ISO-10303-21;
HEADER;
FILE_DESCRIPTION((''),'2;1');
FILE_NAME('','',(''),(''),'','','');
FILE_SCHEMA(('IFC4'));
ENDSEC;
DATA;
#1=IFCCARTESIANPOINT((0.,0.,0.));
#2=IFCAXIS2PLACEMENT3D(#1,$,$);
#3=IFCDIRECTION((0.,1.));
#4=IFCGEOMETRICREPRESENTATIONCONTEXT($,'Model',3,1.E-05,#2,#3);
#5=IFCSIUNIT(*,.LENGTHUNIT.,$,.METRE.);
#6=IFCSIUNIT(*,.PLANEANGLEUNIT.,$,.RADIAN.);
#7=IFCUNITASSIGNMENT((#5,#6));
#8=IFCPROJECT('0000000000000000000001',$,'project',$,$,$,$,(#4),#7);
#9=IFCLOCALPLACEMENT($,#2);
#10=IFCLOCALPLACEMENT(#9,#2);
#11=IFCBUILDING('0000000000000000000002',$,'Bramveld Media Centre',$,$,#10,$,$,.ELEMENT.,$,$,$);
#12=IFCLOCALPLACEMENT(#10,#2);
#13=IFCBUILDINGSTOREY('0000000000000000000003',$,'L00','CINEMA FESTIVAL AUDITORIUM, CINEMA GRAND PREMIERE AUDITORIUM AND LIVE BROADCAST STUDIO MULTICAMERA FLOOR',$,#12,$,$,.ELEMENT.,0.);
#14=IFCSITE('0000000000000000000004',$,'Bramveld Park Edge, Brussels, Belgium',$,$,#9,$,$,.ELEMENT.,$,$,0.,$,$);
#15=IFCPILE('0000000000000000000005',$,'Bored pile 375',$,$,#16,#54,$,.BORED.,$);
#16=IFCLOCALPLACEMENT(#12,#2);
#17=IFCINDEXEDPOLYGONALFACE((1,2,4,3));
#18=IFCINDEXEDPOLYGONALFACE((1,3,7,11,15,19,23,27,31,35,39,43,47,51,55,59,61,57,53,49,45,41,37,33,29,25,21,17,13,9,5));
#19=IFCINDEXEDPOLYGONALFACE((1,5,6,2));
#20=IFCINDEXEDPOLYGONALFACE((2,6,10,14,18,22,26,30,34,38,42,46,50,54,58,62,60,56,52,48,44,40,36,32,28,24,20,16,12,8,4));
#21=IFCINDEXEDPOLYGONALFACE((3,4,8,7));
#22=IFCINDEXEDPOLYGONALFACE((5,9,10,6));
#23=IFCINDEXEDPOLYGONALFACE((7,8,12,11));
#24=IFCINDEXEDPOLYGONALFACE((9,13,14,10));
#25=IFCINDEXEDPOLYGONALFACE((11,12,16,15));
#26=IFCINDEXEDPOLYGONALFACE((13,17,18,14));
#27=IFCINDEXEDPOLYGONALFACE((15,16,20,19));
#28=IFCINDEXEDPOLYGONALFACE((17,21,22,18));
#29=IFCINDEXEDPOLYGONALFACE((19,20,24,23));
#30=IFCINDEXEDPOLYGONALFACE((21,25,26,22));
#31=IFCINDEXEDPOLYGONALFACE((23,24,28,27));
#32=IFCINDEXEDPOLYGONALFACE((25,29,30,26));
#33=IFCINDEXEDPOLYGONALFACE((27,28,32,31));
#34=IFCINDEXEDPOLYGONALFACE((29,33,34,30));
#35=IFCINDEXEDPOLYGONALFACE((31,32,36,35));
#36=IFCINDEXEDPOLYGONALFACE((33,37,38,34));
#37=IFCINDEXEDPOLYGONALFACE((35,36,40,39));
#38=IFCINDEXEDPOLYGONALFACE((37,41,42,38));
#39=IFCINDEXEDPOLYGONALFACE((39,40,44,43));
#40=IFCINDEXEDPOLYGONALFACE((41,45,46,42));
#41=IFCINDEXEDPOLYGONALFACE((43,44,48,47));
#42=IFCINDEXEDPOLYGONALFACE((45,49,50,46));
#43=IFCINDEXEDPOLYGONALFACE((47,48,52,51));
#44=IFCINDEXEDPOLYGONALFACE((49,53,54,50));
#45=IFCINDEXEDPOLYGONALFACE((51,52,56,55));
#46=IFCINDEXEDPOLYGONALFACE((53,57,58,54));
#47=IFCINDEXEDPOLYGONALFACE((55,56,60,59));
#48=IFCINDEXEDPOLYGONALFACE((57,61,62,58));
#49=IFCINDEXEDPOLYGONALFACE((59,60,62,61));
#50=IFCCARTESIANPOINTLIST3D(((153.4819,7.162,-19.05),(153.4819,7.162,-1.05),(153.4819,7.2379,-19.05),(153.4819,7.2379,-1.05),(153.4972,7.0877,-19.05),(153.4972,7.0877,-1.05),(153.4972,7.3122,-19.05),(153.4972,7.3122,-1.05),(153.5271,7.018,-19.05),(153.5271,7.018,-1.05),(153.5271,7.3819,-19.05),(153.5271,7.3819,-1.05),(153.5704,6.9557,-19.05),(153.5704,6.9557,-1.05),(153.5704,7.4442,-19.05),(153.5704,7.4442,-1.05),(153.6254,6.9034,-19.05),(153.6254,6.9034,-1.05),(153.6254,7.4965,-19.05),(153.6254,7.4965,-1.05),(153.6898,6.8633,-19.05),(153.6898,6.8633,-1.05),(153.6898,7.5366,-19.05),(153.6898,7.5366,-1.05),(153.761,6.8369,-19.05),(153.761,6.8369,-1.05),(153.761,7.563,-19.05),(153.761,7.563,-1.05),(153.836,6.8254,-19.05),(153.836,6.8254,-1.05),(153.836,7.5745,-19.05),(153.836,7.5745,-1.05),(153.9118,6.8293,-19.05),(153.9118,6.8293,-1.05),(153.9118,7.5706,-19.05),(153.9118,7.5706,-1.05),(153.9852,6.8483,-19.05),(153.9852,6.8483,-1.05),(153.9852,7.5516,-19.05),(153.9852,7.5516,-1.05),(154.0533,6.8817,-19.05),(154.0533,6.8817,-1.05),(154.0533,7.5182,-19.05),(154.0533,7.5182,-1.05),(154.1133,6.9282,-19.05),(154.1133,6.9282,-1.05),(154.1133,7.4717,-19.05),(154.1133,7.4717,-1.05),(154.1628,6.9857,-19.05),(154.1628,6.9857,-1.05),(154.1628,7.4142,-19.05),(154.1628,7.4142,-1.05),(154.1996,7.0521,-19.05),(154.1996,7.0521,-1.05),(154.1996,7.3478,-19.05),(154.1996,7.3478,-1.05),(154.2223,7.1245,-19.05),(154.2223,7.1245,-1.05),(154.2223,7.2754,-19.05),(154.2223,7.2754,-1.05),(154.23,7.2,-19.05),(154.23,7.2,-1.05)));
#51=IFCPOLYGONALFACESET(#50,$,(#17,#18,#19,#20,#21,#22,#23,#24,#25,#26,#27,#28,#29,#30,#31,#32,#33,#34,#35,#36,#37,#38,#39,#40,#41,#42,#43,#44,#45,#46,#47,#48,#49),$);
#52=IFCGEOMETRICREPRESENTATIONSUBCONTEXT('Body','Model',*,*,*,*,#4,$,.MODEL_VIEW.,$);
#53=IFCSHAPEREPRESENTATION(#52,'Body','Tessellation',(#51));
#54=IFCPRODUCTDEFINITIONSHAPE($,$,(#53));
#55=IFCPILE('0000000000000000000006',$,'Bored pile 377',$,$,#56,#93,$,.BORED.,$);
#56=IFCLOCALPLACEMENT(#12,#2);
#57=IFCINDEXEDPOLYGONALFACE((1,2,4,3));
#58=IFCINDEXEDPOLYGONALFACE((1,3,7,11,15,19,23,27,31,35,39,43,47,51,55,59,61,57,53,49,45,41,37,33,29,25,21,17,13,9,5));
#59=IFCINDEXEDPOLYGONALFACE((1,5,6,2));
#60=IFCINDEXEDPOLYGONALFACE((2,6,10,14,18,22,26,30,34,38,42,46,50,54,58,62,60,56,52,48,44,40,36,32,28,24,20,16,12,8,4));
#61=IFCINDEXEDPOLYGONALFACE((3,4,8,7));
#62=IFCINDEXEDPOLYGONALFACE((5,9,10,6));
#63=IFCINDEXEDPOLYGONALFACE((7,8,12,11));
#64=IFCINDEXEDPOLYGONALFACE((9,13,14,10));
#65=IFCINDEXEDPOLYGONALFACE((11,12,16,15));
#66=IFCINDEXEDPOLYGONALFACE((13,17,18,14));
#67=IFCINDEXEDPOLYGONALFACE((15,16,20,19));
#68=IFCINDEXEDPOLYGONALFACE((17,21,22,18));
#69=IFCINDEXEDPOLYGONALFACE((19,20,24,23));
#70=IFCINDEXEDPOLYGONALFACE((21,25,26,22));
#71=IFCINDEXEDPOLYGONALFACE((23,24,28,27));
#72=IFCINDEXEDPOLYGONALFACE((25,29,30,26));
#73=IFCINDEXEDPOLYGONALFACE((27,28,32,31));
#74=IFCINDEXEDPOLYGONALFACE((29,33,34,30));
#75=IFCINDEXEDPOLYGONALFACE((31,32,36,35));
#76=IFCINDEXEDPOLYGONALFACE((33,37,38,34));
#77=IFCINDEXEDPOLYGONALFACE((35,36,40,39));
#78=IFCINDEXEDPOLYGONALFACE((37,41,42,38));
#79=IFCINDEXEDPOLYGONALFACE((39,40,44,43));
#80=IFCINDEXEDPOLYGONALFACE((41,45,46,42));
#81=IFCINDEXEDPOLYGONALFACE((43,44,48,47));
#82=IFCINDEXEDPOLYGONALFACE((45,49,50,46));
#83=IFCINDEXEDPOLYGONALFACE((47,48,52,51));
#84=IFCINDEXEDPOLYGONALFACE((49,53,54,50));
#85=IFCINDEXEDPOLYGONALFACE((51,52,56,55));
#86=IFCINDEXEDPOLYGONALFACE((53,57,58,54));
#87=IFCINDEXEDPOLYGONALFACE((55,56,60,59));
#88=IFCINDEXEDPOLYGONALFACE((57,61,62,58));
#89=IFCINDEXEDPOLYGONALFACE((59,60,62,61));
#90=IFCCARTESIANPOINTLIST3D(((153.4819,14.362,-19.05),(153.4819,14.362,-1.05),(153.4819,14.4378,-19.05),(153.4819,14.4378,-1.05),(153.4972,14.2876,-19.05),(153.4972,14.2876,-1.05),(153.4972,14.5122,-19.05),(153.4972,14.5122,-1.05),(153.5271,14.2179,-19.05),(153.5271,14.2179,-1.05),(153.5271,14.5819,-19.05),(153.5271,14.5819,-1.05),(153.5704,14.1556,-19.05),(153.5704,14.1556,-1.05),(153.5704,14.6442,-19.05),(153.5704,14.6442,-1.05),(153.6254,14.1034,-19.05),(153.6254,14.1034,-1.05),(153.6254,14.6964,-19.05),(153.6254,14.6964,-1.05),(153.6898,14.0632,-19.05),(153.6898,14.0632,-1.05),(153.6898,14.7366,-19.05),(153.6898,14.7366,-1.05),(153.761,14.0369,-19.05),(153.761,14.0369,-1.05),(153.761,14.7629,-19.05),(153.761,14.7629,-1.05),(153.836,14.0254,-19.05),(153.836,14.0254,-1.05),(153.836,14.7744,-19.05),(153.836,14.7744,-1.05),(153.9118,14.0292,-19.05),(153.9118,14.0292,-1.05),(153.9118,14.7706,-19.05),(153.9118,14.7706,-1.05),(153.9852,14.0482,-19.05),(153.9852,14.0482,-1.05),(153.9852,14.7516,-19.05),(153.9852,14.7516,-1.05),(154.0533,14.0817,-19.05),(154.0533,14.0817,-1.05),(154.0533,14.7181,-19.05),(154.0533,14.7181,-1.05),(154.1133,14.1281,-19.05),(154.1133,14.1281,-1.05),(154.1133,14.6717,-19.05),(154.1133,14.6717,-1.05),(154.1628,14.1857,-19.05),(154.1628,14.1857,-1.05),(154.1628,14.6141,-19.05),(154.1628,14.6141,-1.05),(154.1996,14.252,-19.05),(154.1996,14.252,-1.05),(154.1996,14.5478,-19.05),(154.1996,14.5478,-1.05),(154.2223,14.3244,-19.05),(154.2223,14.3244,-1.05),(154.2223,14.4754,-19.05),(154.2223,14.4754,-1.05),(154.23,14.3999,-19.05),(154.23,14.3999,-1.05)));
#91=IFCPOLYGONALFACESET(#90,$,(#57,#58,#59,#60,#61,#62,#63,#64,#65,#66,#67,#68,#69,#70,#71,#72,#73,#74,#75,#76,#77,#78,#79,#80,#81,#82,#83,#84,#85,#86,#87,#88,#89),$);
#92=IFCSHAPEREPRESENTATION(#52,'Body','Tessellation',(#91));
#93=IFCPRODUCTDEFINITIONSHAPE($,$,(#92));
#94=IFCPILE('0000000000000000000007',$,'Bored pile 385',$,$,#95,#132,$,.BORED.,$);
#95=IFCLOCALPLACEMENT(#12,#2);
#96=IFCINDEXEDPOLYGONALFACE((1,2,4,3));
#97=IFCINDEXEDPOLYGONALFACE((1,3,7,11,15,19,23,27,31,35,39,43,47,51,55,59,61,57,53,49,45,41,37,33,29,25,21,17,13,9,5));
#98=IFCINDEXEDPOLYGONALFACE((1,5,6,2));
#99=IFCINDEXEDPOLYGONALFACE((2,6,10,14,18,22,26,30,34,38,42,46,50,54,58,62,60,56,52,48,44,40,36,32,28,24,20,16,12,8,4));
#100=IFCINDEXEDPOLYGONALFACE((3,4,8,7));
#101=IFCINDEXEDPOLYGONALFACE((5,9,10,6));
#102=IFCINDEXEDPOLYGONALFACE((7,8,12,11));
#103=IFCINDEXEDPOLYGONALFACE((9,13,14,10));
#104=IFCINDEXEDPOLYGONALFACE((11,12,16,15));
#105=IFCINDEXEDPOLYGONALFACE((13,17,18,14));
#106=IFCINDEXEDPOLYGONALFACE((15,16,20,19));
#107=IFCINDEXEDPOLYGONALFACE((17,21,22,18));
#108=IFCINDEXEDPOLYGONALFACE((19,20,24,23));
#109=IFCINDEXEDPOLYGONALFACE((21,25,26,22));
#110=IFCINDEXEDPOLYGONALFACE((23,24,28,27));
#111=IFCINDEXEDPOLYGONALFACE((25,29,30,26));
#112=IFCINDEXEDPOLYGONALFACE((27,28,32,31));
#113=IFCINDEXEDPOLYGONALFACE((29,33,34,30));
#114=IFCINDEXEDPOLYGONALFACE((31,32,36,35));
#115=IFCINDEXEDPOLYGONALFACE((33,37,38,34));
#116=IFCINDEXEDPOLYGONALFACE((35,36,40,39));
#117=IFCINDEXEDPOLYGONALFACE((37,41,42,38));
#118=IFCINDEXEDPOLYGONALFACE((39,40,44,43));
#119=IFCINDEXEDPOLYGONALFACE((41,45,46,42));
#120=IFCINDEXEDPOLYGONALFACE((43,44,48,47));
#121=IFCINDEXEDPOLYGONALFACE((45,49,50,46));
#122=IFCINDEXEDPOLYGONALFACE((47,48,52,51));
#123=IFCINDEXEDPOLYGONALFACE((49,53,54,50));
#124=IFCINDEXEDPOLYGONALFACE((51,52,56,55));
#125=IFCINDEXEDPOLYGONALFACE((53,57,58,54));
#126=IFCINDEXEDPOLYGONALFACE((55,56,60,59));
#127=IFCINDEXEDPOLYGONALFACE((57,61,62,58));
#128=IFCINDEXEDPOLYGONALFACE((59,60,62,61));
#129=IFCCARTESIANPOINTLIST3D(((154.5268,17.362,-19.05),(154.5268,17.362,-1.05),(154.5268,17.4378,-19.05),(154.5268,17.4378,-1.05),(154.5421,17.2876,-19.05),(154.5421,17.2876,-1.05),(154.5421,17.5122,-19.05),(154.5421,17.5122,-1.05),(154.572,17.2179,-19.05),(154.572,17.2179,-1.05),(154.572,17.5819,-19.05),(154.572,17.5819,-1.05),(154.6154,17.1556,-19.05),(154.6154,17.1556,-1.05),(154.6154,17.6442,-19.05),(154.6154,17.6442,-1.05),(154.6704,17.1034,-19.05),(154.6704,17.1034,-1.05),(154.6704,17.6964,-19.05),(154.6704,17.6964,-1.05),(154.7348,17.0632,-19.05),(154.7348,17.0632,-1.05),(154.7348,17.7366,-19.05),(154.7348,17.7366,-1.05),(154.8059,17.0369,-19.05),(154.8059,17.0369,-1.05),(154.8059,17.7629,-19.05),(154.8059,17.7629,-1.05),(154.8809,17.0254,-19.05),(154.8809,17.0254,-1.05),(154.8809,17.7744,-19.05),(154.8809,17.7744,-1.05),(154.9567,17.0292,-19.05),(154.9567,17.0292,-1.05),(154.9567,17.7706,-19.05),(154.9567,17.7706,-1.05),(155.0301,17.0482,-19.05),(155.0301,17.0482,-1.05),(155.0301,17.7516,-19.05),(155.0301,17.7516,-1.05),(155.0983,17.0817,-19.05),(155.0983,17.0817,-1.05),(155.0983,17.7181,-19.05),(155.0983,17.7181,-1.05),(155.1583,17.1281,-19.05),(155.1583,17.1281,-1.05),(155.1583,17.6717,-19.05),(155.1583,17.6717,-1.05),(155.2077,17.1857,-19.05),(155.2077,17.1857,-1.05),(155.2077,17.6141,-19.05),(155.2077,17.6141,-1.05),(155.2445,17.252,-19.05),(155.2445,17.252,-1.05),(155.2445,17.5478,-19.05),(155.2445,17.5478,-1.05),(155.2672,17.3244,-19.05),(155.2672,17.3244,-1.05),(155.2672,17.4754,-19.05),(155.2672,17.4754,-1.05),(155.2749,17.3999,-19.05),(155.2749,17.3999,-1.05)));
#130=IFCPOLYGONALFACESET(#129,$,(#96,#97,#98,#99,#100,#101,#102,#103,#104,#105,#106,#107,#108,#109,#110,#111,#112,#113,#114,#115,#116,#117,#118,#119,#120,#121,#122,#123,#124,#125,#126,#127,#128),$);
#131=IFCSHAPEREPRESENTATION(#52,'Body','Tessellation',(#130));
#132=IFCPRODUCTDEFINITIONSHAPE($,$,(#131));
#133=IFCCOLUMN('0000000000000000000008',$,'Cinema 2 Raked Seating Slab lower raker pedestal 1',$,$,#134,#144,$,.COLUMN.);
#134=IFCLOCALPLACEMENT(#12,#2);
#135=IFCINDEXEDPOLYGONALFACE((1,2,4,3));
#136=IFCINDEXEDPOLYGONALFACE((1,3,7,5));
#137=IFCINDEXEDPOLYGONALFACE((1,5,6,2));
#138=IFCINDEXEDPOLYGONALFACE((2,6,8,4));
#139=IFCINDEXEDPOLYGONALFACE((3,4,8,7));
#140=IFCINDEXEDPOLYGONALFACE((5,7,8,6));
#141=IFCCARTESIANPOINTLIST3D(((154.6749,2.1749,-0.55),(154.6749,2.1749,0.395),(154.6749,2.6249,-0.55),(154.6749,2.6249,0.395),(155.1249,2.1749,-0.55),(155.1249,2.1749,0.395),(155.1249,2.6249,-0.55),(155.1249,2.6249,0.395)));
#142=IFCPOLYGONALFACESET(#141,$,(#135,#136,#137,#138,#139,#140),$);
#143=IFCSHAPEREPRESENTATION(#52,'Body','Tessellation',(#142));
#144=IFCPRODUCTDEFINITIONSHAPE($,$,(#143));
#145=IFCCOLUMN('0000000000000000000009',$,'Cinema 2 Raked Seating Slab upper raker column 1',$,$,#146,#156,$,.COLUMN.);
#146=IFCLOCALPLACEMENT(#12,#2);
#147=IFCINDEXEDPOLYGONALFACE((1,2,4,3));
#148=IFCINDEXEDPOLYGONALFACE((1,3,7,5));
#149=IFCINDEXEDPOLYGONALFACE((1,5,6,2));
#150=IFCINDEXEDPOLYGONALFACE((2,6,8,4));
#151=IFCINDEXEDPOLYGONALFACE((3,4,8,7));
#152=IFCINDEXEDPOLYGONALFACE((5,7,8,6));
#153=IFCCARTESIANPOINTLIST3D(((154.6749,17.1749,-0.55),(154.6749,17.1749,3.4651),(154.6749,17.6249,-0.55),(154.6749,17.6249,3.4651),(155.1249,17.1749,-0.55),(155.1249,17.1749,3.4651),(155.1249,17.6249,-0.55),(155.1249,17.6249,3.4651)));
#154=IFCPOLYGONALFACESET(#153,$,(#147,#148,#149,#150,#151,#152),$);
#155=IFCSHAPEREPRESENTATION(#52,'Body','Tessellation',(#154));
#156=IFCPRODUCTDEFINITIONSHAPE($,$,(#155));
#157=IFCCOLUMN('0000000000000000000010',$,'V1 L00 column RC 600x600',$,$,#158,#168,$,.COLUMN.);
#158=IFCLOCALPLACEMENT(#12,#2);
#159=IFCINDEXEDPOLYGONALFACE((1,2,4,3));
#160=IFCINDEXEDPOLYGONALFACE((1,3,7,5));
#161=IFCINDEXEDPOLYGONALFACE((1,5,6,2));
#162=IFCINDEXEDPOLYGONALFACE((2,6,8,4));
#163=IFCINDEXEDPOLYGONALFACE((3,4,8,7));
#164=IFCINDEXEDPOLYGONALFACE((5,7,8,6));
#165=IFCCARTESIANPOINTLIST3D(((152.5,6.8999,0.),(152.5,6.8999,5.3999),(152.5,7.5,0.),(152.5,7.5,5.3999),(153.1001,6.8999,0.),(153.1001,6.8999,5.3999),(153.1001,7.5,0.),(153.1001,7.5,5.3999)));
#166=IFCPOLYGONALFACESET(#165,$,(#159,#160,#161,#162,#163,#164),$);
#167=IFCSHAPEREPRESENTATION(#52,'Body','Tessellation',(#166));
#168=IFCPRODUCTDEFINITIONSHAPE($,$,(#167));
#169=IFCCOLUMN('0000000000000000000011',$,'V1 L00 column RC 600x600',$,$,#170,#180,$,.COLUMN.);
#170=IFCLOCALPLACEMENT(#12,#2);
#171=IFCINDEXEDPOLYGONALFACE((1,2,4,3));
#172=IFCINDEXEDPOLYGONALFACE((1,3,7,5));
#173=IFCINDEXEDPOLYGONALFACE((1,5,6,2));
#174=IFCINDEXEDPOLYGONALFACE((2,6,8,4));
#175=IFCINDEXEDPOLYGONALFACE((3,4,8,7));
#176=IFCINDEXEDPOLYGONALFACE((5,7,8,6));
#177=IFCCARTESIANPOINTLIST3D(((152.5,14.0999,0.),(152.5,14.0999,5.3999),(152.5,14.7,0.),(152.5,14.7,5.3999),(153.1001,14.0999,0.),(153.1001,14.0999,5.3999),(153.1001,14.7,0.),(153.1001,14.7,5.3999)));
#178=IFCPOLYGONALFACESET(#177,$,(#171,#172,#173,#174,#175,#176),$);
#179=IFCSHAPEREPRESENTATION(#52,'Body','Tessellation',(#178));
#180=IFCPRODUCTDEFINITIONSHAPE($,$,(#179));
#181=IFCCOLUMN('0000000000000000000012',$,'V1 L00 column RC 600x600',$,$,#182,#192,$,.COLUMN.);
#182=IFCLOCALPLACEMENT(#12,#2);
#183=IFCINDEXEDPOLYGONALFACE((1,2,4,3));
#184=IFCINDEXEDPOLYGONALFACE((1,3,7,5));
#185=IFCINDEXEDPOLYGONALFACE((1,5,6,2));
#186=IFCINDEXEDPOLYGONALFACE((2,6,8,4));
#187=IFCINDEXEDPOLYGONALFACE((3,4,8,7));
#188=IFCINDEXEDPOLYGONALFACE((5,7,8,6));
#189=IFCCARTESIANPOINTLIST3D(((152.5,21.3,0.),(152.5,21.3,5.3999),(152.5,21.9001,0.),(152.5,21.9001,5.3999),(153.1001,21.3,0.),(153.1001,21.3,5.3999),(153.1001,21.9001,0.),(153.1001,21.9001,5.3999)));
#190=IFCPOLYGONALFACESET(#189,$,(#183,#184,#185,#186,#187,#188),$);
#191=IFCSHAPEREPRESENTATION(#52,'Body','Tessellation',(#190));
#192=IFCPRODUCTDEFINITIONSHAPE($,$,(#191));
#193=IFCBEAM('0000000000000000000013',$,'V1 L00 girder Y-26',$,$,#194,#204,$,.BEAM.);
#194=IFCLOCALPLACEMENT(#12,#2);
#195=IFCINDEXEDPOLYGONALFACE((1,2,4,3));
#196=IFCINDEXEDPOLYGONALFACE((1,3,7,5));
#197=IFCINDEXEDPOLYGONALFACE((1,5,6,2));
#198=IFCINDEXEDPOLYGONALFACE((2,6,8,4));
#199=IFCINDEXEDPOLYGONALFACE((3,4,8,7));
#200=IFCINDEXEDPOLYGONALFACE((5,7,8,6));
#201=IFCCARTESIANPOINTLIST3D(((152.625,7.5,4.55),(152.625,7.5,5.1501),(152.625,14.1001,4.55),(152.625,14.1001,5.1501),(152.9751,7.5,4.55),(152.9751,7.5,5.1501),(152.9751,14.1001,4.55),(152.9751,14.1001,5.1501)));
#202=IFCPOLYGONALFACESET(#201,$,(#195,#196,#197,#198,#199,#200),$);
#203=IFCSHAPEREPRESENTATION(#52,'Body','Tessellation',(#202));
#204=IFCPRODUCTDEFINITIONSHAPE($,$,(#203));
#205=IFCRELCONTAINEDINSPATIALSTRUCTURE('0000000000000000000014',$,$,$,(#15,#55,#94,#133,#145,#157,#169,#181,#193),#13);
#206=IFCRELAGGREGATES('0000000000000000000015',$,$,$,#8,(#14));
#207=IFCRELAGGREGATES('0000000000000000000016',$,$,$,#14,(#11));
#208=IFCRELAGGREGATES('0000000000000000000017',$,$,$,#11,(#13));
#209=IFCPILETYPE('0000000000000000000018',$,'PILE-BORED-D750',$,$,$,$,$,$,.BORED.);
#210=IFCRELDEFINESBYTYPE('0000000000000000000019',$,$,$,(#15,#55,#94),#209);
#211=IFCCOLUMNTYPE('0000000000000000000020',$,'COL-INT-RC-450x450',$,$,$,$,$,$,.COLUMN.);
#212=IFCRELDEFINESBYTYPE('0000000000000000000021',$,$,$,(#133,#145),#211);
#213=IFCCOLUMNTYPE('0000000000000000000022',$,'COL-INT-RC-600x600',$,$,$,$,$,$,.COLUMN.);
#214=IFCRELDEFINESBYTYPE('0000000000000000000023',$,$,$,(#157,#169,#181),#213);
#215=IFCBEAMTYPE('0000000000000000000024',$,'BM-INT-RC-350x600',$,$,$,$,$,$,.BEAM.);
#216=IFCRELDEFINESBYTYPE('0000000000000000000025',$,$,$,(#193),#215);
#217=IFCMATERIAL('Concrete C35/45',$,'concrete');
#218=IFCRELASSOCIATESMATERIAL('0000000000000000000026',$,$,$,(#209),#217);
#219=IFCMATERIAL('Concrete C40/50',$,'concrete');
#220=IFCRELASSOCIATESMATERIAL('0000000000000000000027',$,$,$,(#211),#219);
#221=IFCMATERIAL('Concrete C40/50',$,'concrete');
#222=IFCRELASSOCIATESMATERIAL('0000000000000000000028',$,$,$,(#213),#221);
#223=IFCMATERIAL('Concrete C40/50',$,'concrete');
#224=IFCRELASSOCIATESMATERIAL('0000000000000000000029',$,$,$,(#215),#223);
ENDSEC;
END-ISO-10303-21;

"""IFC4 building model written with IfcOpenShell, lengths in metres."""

from ifc_helpers import new_model, si_unit, direction, frame, origin, origin_2d, place, context, subcontext, project, spatial, rectangle, circle, extrude, material, material_profile, profile_set, type_object, element, save


model = new_model("IFC4")

# Units and contexts
model_context = context("Model", 3, precision=1e-05, world=origin(), true_north=direction((0.0, 1.0)))
body_context = subcontext(model_context, "Body", "Model", "MODEL_VIEW")
ifc_project = project(units=[si_unit("LENGTHUNIT", "METRE"), si_unit("PLANEANGLEUNIT", "RADIAN")], contexts=[model_context])

# Site, building, storey
site_placement = place(None, origin())
site = spatial("IfcSite", under=ifc_project, at=site_placement, Name="Bramveld Park Edge, Brussels, Belgium", CompositionType="ELEMENT", RefElevation=0.0)
building_placement = place(site_placement, origin())
building = spatial("IfcBuilding", under=site, at=building_placement, Name="Bramveld Media Centre", CompositionType="ELEMENT")
storey_placement = place(building_placement, origin())
storey = spatial("IfcBuildingStorey", under=building, at=storey_placement, Name="L00", Description="CINEMA FESTIVAL AUDITORIUM, CINEMA GRAND PREMIERE AUDITORIUM AND LIVE BROADCAST STUDIO MULTICAMERA FLOOR", CompositionType="ELEMENT", Elevation=0.0)

# Piles
ifc_material_1 = material(Name="Concrete C35/45", Category="concrete")
ifc_material_profile_1 = material_profile(ifc_material_1, circle(Radius=0.375, at=origin_2d()), Name="BORED D750")
ifc_profile_set_1 = profile_set([ifc_material_profile_1], Name="Concrete C35/45")
pile_type_1 = type_object("IfcPileType", Name="PILE-BORED-D750", PredefinedType="BORED", material=ifc_profile_set_1)
for number, where, z_axis, x_axis, name in (
    (1, (153.855, 7.2, -1.05), (0.0, 0.0, -1.0), (1.0, 0.0, 0.0), "Bored pile 375"),
    (2, (153.855, 14.3999, -1.05), (0.0, 0.0, -1.0), (1.0, 0.0, 0.0), "Bored pile 377"),
    (3, (154.8999, 17.3999, -1.05), (0.0, 0.0, -1.0), (1.0, 0.0, 0.0), "Bored pile 385"),
):
    element("IfcPile", number, at=place(storey_placement, frame(where, z_axis=z_axis, x_axis=x_axis)), inside=storey, type_object=pile_type_1, Name=name, PredefinedType="BORED", context=body_context, shape_type="SweptSolid", body=[
        extrude(circle(Radius=0.375, at=origin_2d()), origin(), (0.0, 0.0, 1.0), 18.0),
    ])

# Columns
ifc_material_2 = material(Name="Concrete C40/50", Category="concrete")
ifc_material_profile_2 = material_profile(ifc_material_2, rectangle(XDim=0.45, YDim=0.45, at=origin_2d()), Name="RC 450x450")
ifc_profile_set_2 = profile_set([ifc_material_profile_2], Name="Concrete C40/50")
column_type_1 = type_object("IfcColumnType", Name="COL-INT-RC-450x450", PredefinedType="COLUMN", material=ifc_profile_set_2)
column_1_placement = place(storey_placement, frame((154.8999, 2.3999, -0.55), z_axis=(0.0, 0.0, 1.0), x_axis=(1.0, 0.0, 0.0)))
element("IfcColumn", 4, at=column_1_placement, inside=storey, type_object=column_type_1, Name="Cinema 2 Raked Seating Slab lower raker pedestal 1", PredefinedType="COLUMN", context=body_context, shape_type="SweptSolid", body=[
    extrude(rectangle(XDim=0.45, YDim=0.45, at=origin_2d()), origin(), (0.0, 0.0, 1.0), 0.9451),
])
column_2_placement = place(storey_placement, frame((154.8999, 17.3999, -0.55), z_axis=(0.0, 0.0, 1.0), x_axis=(1.0, 0.0, 0.0)))
element("IfcColumn", 5, at=column_2_placement, inside=storey, type_object=column_type_1, Name="Cinema 2 Raked Seating Slab upper raker column 1", PredefinedType="COLUMN", context=body_context, shape_type="SweptSolid", body=[
    extrude(rectangle(XDim=0.45, YDim=0.45, at=origin_2d()), origin(), (0.0, 0.0, 1.0), 4.0151),
])
ifc_material_3 = material(Name="Concrete C40/50", Category="concrete")
ifc_material_profile_3 = material_profile(ifc_material_3, rectangle(XDim=0.6001, YDim=0.6001, at=origin_2d()), Name="RC 600x600")
ifc_profile_set_3 = profile_set([ifc_material_profile_3], Name="Concrete C40/50")
column_type_2 = type_object("IfcColumnType", Name="COL-INT-RC-600x600", PredefinedType="COLUMN", material=ifc_profile_set_3)
for number, where, z_axis, x_axis, name in (
    (6, (152.8, 7.2, 0.0), (0.0, 0.0, 1.0), (1.0, 0.0, 0.0), "V1 L00 column RC 600x600"),
    (7, (152.8, 14.3999, 0.0), (0.0, 0.0, 1.0), (1.0, 0.0, 0.0), "V1 L00 column RC 600x600"),
    (8, (152.8, 21.6001, 0.0), (0.0, 0.0, 1.0), (1.0, 0.0, 0.0), "V1 L00 column RC 600x600"),
):
    element("IfcColumn", number, at=place(storey_placement, frame(where, z_axis=z_axis, x_axis=x_axis)), inside=storey, type_object=column_type_2, Name=name, PredefinedType="COLUMN", context=body_context, shape_type="SweptSolid", body=[
        extrude(rectangle(XDim=0.6001, YDim=0.6001, at=origin_2d()), origin(), (0.0, 0.0, 1.0), 5.3999),
    ])

# Beam
ifc_material_4 = material(Name="Concrete C40/50", Category="concrete")
ifc_material_profile_4 = material_profile(ifc_material_4, rectangle(XDim=0.3501, YDim=0.6001, at=origin_2d()), Name="RC 350x600")
ifc_profile_set_4 = profile_set([ifc_material_profile_4], Name="Concrete C40/50")
beam_type_1 = type_object("IfcBeamType", Name="BM-INT-RC-350x600", PredefinedType="BEAM", material=ifc_profile_set_4)
for number, where, z_axis, x_axis, name in (
    (9, (152.8, 7.5, 4.8501), (0.0, 1.0, 0.0), (-1.0, 0.0, 0.0), "V1 L00 girder Y-26"),
):
    element("IfcBeam", number, at=place(storey_placement, frame(where, z_axis=z_axis, x_axis=x_axis)), inside=storey, type_object=beam_type_1, Name=name, PredefinedType="BEAM", context=body_context, shape_type="SweptSolid", body=[
        extrude(rectangle(XDim=0.3501, YDim=0.6001, at=origin_2d()), origin(), (0.0, 0.0, 1.0), 6.6001),
    ])

save(model, "model.ifc")
